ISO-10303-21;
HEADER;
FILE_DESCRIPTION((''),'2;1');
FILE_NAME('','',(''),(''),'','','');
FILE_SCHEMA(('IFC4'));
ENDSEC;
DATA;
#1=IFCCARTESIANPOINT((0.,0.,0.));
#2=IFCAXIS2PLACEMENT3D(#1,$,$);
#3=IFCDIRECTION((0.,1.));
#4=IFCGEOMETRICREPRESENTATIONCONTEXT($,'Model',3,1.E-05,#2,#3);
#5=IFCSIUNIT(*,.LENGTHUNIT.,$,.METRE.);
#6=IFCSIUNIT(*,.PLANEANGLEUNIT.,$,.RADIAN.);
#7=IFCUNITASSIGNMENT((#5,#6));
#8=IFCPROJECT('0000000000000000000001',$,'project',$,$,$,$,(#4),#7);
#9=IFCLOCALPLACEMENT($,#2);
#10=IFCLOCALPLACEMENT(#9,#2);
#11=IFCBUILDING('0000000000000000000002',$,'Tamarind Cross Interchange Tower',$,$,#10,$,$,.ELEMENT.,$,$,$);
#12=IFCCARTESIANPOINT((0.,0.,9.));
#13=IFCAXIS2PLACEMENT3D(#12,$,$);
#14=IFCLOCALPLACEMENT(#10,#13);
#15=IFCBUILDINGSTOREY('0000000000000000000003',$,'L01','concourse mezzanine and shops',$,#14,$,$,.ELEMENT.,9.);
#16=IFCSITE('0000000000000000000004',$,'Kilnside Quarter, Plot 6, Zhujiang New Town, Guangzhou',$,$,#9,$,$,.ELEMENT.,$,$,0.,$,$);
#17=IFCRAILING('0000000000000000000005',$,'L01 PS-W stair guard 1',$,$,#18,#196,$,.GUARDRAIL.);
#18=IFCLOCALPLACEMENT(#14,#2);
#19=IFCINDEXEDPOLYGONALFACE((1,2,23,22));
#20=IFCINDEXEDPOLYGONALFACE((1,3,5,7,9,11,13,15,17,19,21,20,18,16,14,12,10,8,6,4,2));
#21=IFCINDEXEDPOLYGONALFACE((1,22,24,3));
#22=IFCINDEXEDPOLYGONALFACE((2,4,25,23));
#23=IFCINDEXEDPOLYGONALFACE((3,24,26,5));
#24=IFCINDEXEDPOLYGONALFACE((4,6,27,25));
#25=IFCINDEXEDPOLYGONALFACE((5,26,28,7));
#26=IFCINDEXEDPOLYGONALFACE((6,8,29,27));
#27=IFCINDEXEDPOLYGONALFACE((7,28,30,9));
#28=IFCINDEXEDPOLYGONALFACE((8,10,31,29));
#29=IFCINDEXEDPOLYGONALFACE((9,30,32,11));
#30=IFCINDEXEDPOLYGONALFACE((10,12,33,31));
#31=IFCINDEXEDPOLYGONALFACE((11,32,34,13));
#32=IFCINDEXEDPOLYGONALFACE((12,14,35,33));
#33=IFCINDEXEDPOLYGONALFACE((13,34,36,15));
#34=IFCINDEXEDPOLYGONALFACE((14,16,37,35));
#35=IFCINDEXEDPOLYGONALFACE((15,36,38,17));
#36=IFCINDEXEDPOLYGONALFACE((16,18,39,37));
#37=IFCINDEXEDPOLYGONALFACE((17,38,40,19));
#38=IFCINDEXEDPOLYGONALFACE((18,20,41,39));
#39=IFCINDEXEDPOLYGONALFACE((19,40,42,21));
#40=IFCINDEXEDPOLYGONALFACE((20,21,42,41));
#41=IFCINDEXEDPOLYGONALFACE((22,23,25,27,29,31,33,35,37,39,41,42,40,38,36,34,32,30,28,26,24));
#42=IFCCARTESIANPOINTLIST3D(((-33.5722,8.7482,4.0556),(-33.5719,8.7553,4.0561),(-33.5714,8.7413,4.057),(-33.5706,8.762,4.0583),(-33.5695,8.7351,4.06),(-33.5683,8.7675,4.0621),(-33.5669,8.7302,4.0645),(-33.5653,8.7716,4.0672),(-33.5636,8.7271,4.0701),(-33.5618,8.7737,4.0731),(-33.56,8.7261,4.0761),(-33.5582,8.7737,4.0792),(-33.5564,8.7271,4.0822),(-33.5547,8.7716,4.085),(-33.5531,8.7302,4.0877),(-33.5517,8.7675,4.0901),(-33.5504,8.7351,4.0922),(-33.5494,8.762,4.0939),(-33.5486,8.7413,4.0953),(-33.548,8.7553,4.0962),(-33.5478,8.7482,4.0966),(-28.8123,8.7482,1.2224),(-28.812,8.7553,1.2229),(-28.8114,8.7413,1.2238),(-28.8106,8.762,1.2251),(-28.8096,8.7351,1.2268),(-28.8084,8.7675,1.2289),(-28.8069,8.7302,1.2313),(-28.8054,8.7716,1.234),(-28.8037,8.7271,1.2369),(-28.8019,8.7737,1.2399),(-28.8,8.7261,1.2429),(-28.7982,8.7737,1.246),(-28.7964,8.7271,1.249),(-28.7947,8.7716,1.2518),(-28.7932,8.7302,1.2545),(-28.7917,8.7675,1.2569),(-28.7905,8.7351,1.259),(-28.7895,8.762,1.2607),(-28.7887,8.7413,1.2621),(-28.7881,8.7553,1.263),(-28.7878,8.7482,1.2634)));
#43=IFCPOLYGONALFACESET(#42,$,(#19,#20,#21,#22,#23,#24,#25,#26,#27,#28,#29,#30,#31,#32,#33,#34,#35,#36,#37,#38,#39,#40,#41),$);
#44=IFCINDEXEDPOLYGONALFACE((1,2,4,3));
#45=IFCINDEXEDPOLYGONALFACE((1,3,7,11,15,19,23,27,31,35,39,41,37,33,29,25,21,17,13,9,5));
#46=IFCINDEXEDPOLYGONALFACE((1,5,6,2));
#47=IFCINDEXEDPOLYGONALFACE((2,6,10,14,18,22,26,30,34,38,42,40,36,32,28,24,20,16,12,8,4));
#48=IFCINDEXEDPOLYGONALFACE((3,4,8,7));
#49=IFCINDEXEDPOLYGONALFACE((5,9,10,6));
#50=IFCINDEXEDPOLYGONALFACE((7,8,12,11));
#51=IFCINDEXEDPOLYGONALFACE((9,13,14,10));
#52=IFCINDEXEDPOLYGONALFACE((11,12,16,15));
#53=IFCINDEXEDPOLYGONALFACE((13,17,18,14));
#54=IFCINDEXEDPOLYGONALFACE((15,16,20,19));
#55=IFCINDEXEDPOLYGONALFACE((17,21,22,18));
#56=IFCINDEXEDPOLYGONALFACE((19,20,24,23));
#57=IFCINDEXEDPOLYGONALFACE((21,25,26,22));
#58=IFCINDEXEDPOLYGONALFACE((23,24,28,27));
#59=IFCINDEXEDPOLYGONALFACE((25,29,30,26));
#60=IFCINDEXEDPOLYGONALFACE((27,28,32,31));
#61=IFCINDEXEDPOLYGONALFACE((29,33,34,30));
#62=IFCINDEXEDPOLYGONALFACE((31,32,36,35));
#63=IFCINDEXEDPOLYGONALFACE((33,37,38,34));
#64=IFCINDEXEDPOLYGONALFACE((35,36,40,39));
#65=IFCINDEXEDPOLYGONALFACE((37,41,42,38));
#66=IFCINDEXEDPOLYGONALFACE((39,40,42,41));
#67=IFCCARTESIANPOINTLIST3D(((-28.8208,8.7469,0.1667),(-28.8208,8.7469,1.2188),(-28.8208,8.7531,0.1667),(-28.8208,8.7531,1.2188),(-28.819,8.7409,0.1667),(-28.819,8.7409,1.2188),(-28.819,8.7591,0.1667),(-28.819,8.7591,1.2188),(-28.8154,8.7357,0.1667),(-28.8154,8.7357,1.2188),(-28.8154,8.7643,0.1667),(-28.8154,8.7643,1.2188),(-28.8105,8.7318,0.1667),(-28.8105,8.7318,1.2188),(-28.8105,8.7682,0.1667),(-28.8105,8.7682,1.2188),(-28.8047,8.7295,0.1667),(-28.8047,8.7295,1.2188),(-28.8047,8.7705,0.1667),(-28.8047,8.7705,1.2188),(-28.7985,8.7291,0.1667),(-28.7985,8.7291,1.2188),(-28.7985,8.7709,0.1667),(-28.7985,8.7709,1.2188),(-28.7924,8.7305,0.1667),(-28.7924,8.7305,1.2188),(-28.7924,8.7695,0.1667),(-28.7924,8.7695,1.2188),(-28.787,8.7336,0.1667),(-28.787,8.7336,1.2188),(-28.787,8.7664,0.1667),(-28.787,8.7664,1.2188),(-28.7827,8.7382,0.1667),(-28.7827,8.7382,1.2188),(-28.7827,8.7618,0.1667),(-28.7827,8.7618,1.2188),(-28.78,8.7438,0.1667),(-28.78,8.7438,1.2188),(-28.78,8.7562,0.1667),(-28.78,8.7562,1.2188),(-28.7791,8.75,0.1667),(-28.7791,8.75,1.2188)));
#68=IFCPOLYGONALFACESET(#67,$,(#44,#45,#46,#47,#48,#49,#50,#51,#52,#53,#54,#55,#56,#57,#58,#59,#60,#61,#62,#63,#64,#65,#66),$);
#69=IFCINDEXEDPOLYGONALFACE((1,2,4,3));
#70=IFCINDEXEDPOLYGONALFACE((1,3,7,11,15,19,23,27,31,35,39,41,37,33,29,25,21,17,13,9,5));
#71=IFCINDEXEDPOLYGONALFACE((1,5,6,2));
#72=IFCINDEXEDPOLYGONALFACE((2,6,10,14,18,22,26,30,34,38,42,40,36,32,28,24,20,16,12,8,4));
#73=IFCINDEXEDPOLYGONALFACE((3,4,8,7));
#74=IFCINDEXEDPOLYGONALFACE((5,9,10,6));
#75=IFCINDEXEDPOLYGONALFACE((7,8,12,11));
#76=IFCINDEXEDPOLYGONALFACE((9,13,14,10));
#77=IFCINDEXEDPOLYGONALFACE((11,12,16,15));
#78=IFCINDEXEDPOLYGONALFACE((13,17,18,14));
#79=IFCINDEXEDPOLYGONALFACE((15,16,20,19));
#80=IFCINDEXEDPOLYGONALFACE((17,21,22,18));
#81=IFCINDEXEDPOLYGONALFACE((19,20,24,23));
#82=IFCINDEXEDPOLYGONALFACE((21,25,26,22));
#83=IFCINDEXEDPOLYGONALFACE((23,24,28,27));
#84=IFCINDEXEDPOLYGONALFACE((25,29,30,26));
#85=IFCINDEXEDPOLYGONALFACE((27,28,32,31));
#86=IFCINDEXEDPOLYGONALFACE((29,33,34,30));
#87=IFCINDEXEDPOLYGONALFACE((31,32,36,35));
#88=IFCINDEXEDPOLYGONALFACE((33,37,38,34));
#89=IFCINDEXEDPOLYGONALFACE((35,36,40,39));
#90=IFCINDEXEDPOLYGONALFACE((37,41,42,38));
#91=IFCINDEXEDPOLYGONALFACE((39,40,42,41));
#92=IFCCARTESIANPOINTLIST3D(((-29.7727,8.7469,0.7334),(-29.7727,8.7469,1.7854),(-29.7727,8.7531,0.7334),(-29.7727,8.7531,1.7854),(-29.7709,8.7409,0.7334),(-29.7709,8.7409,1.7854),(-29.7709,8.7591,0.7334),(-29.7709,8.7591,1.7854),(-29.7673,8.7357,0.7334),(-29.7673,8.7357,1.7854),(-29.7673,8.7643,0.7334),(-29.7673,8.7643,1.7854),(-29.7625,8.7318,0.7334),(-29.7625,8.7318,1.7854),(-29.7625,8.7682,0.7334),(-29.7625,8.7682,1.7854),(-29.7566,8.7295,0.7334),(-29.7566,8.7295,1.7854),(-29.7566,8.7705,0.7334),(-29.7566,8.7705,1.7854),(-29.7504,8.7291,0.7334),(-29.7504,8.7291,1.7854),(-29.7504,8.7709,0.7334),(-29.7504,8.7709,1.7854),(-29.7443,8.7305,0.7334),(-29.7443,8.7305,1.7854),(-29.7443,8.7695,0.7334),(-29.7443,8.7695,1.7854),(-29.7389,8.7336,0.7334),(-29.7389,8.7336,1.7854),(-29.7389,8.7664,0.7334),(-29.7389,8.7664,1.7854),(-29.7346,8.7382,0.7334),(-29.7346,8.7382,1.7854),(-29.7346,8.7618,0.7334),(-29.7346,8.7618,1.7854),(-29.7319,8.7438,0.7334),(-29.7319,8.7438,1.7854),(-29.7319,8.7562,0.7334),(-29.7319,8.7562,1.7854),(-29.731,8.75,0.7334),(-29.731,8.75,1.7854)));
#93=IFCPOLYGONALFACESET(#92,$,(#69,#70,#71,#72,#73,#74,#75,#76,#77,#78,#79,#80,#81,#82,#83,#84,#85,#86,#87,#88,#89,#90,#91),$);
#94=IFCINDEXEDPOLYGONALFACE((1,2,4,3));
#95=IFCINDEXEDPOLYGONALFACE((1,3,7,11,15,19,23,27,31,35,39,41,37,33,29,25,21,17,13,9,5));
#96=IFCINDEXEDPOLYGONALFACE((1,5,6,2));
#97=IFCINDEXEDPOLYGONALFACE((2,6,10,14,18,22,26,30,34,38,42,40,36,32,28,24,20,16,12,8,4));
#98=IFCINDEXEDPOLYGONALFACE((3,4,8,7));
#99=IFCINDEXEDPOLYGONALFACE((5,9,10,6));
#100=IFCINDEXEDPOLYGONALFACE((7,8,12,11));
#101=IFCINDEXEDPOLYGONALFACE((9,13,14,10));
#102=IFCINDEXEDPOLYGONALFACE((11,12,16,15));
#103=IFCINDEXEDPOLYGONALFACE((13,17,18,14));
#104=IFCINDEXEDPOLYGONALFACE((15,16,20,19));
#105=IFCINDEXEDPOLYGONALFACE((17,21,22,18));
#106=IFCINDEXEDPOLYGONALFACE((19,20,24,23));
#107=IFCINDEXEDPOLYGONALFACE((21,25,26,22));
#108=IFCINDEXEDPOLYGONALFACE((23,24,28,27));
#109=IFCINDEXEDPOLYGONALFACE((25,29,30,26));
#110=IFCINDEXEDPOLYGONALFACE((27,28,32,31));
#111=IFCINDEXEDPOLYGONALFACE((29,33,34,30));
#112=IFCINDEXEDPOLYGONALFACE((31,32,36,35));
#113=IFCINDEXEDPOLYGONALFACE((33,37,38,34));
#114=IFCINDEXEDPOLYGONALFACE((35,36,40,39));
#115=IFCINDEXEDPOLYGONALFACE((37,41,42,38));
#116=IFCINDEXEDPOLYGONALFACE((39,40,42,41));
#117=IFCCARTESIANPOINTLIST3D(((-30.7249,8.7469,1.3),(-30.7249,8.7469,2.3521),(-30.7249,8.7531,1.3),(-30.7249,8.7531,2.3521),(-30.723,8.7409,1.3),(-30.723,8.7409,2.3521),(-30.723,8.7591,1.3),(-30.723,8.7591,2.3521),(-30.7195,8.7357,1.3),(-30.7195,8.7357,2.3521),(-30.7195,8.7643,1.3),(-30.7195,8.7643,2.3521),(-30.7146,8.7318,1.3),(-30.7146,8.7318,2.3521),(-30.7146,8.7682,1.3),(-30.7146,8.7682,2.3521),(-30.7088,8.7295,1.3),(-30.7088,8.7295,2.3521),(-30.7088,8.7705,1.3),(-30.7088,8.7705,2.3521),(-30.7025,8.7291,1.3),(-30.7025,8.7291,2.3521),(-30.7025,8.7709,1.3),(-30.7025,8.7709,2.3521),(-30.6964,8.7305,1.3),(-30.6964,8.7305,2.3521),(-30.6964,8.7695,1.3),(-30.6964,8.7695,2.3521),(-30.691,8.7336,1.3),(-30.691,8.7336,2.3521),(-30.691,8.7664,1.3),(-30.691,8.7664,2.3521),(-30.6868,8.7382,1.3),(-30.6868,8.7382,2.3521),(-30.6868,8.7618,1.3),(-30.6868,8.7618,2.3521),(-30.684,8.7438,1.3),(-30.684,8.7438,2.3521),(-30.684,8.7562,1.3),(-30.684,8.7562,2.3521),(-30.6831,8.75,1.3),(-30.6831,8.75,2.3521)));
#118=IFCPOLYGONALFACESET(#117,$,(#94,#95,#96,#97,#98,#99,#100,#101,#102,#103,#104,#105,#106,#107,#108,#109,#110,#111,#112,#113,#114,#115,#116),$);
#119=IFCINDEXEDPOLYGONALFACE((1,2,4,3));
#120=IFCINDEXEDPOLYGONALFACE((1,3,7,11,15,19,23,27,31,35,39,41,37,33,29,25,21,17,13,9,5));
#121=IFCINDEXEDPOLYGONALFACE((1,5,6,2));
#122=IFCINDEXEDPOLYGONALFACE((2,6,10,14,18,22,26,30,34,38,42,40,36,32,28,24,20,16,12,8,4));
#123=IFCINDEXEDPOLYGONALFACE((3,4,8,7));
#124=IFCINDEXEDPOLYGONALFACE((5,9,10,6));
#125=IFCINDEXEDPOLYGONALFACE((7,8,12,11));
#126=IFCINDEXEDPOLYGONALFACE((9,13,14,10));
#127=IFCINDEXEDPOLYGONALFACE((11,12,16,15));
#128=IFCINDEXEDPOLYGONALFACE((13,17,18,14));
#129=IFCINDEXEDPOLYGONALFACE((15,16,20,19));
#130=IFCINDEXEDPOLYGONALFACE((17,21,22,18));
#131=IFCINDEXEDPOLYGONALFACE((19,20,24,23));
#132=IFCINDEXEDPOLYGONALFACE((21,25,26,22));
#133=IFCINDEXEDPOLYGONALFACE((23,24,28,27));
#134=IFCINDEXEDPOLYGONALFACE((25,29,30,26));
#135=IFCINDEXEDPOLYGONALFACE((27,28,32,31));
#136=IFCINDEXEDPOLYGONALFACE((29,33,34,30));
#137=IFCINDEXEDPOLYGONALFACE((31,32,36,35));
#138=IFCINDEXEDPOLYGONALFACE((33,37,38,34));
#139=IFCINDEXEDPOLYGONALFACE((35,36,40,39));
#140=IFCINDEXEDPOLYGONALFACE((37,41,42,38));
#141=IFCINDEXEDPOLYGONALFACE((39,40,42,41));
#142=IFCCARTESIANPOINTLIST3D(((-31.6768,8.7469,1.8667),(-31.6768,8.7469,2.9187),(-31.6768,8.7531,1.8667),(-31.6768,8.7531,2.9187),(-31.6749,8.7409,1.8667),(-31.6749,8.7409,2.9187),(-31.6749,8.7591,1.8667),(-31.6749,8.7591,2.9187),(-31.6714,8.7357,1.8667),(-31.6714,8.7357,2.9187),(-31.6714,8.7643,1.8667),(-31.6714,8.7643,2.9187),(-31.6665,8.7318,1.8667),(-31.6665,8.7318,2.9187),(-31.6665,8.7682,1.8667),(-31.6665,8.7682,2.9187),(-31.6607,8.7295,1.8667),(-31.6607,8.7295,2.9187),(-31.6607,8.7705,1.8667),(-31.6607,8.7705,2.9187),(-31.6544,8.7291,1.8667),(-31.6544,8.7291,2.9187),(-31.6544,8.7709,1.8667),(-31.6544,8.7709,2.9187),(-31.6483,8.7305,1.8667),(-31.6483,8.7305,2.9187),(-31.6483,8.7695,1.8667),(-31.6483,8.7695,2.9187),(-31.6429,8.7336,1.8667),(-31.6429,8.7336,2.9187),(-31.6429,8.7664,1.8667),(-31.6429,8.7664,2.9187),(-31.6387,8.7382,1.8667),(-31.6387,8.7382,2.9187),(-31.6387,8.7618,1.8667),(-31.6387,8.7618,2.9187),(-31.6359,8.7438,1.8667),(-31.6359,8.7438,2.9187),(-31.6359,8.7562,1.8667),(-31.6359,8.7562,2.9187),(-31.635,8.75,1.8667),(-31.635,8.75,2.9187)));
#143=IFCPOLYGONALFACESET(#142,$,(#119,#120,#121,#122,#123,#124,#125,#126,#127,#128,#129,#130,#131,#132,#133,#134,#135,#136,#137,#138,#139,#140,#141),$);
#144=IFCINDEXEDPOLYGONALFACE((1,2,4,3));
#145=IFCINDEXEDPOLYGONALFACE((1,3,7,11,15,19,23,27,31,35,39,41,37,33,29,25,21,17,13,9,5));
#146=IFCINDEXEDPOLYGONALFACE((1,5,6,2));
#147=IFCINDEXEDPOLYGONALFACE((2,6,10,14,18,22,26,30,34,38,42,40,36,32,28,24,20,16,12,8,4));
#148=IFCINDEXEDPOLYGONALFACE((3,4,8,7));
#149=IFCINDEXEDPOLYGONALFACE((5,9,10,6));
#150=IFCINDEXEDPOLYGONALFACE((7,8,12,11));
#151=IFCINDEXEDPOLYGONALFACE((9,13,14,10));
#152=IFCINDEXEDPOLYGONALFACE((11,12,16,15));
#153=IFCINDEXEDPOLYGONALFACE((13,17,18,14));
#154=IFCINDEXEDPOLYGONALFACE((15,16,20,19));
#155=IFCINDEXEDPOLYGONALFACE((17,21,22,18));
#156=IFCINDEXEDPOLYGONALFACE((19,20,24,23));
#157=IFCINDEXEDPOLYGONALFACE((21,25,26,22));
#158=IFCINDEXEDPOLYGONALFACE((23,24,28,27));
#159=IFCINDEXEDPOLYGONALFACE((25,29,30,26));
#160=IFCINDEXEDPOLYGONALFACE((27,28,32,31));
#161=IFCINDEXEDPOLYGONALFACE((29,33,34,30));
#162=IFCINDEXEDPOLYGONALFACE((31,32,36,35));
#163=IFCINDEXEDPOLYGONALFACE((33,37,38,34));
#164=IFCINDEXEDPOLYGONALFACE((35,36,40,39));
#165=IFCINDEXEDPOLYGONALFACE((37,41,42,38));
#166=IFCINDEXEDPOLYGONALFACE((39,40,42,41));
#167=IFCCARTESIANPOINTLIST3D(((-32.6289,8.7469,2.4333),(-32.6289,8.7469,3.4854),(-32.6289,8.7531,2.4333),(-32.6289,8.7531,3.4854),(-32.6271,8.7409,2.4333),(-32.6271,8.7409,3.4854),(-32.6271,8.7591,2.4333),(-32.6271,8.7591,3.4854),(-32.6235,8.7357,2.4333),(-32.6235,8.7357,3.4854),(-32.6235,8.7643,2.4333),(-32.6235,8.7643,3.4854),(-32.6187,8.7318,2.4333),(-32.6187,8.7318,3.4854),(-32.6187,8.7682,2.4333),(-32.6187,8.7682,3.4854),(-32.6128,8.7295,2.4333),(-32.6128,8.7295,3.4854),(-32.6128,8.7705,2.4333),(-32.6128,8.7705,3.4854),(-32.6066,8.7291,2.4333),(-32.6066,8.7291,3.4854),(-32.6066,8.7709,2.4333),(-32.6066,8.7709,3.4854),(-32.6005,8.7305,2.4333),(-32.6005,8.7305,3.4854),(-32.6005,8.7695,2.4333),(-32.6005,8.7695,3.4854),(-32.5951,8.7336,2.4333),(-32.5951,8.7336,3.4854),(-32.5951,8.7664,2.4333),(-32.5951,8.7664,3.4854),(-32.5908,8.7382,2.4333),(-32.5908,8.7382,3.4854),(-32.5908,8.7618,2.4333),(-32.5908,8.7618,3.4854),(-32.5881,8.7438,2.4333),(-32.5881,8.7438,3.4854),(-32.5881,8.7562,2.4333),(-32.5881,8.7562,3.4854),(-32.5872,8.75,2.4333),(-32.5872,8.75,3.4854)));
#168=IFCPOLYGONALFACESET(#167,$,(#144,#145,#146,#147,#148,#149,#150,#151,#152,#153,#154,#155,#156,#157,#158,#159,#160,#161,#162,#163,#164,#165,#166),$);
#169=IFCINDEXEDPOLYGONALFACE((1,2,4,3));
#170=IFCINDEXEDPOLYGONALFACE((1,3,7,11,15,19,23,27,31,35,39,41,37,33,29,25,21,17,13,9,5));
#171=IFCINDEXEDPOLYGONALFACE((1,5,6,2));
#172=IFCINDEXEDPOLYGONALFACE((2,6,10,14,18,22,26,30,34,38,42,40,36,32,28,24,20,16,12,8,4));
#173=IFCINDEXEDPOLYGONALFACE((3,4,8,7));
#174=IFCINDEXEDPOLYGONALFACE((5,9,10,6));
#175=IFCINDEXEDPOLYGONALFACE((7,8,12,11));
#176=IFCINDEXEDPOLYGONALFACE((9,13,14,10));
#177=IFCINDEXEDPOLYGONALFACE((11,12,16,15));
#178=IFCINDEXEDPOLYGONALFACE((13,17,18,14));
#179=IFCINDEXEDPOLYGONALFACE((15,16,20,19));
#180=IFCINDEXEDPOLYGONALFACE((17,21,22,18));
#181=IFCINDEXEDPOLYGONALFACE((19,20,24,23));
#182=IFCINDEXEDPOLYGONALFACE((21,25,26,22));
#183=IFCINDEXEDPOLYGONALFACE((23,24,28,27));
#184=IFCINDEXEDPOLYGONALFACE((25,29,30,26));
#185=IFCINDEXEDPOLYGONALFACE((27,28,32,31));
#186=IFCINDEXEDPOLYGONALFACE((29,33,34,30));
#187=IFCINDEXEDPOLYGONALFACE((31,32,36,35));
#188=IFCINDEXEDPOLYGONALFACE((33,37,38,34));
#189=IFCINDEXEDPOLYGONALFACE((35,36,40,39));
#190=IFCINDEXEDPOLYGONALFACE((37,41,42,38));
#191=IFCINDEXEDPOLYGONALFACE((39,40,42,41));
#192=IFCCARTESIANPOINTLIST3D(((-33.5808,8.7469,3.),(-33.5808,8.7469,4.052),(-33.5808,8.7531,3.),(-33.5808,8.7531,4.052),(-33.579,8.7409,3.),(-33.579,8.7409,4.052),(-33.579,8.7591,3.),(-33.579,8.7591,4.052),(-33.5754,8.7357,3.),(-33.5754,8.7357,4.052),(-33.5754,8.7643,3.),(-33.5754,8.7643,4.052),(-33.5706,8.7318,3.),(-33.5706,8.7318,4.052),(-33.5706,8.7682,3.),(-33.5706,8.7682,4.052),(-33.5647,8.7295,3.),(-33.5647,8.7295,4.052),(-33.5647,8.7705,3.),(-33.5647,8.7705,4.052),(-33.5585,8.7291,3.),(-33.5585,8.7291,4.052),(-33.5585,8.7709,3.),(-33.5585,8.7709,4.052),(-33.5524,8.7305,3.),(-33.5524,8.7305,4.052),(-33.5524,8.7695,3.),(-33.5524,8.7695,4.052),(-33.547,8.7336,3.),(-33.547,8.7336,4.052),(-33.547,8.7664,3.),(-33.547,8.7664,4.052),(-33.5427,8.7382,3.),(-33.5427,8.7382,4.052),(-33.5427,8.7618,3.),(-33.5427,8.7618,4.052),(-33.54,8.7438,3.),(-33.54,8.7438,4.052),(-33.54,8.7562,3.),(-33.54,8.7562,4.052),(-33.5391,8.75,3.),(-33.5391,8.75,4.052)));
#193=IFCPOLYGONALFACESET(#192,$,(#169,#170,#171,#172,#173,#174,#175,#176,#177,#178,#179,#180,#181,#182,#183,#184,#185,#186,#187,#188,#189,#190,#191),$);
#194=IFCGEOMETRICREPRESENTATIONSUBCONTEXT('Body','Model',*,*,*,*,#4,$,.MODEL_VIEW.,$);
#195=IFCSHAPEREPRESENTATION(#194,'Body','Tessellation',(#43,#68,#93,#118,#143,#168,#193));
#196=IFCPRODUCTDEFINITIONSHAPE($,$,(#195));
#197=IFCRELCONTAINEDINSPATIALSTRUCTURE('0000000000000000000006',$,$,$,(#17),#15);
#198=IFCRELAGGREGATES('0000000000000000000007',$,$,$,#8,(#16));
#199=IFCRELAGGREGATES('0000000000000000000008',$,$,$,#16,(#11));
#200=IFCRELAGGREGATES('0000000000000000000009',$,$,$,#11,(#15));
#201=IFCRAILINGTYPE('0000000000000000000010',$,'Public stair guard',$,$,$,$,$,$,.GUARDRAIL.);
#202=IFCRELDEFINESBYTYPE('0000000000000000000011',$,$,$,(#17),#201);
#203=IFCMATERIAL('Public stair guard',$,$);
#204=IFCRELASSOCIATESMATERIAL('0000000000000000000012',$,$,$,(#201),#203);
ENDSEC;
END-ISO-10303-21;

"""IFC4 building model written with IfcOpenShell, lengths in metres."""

from ifc_helpers import new_model, si_unit, direction, frame, origin, origin_2d, place, context, subcontext, project, spatial, circle, extrude, material, type_object, element, save


model = new_model("IFC4")

# Units and contexts
model_context = context("Model", 3, precision=1e-05, world=origin(), true_north=direction((0.0, 1.0)))
body_context = subcontext(model_context, "Body", "Model", "MODEL_VIEW")
ifc_project = project(units=[si_unit("LENGTHUNIT", "METRE"), si_unit("PLANEANGLEUNIT", "RADIAN")], contexts=[model_context])

# Site, building, storey
site_placement = place(None, origin())
site = spatial("IfcSite", under=ifc_project, at=site_placement, Name="Kilnside Quarter, Plot 6, Zhujiang New Town, Guangzhou", CompositionType="ELEMENT", RefElevation=0.0)
building_placement = place(site_placement, origin())
building = spatial("IfcBuilding", under=site, at=building_placement, Name="Tamarind Cross Interchange Tower", CompositionType="ELEMENT")
storey_placement = place(building_placement, frame((0.0, 0.0, 9.0)))
storey = spatial("IfcBuildingStorey", under=building, at=storey_placement, Name="L01", Description="concourse mezzanine and shops", CompositionType="ELEMENT", Elevation=9.0)

# Railing
ifc_material_1 = material(Name="Public stair guard")
railing_type_1 = type_object("IfcRailingType", Name="Public stair guard", PredefinedType="GUARDRAIL", material=ifc_material_1)
railing_1_placement = place(storey_placement, frame((-28.8, 8.75, 0.1667)))
element("IfcRailing", 1, at=railing_1_placement, inside=storey, type_object=railing_type_1, Name="L01 PS-W stair guard 1", PredefinedType="GUARDRAIL", context=body_context, shape_type="SweptSolid", body=[
    extrude(circle(Radius=0.0239, at=origin_2d()), frame((0.0, 0.0, 1.0762), z_axis=(-0.8593, 0.0, 0.511472), x_axis=(0.0, -1.0, 0.0)), (0.0, 0.0, 1.0), 5.5393),
    extrude(circle(Radius=0.021, at=origin_2d()), origin(), (0.0, 0.0, 1.0), 1.052),
    extrude(circle(Radius=0.021, at=origin_2d()), frame((-0.9519, 0.0, 0.5667)), (0.0, 0.0, 1.0), 1.052),
    extrude(circle(Radius=0.021, at=origin_2d()), frame((-1.9041, 0.0, 1.1333)), (0.0, 0.0, 1.0), 1.052),
    extrude(circle(Radius=0.021, at=origin_2d()), frame((-2.856, 0.0, 1.7)), (0.0, 0.0, 1.0), 1.052),
    extrude(circle(Radius=0.021, at=origin_2d()), frame((-3.8081, 0.0, 2.2666)), (0.0, 0.0, 1.0), 1.052),
    extrude(circle(Radius=0.021, at=origin_2d()), frame((-4.76, 0.0, 2.8333)), (0.0, 0.0, 1.0), 1.052),
])

save(model, "model.ifc")
